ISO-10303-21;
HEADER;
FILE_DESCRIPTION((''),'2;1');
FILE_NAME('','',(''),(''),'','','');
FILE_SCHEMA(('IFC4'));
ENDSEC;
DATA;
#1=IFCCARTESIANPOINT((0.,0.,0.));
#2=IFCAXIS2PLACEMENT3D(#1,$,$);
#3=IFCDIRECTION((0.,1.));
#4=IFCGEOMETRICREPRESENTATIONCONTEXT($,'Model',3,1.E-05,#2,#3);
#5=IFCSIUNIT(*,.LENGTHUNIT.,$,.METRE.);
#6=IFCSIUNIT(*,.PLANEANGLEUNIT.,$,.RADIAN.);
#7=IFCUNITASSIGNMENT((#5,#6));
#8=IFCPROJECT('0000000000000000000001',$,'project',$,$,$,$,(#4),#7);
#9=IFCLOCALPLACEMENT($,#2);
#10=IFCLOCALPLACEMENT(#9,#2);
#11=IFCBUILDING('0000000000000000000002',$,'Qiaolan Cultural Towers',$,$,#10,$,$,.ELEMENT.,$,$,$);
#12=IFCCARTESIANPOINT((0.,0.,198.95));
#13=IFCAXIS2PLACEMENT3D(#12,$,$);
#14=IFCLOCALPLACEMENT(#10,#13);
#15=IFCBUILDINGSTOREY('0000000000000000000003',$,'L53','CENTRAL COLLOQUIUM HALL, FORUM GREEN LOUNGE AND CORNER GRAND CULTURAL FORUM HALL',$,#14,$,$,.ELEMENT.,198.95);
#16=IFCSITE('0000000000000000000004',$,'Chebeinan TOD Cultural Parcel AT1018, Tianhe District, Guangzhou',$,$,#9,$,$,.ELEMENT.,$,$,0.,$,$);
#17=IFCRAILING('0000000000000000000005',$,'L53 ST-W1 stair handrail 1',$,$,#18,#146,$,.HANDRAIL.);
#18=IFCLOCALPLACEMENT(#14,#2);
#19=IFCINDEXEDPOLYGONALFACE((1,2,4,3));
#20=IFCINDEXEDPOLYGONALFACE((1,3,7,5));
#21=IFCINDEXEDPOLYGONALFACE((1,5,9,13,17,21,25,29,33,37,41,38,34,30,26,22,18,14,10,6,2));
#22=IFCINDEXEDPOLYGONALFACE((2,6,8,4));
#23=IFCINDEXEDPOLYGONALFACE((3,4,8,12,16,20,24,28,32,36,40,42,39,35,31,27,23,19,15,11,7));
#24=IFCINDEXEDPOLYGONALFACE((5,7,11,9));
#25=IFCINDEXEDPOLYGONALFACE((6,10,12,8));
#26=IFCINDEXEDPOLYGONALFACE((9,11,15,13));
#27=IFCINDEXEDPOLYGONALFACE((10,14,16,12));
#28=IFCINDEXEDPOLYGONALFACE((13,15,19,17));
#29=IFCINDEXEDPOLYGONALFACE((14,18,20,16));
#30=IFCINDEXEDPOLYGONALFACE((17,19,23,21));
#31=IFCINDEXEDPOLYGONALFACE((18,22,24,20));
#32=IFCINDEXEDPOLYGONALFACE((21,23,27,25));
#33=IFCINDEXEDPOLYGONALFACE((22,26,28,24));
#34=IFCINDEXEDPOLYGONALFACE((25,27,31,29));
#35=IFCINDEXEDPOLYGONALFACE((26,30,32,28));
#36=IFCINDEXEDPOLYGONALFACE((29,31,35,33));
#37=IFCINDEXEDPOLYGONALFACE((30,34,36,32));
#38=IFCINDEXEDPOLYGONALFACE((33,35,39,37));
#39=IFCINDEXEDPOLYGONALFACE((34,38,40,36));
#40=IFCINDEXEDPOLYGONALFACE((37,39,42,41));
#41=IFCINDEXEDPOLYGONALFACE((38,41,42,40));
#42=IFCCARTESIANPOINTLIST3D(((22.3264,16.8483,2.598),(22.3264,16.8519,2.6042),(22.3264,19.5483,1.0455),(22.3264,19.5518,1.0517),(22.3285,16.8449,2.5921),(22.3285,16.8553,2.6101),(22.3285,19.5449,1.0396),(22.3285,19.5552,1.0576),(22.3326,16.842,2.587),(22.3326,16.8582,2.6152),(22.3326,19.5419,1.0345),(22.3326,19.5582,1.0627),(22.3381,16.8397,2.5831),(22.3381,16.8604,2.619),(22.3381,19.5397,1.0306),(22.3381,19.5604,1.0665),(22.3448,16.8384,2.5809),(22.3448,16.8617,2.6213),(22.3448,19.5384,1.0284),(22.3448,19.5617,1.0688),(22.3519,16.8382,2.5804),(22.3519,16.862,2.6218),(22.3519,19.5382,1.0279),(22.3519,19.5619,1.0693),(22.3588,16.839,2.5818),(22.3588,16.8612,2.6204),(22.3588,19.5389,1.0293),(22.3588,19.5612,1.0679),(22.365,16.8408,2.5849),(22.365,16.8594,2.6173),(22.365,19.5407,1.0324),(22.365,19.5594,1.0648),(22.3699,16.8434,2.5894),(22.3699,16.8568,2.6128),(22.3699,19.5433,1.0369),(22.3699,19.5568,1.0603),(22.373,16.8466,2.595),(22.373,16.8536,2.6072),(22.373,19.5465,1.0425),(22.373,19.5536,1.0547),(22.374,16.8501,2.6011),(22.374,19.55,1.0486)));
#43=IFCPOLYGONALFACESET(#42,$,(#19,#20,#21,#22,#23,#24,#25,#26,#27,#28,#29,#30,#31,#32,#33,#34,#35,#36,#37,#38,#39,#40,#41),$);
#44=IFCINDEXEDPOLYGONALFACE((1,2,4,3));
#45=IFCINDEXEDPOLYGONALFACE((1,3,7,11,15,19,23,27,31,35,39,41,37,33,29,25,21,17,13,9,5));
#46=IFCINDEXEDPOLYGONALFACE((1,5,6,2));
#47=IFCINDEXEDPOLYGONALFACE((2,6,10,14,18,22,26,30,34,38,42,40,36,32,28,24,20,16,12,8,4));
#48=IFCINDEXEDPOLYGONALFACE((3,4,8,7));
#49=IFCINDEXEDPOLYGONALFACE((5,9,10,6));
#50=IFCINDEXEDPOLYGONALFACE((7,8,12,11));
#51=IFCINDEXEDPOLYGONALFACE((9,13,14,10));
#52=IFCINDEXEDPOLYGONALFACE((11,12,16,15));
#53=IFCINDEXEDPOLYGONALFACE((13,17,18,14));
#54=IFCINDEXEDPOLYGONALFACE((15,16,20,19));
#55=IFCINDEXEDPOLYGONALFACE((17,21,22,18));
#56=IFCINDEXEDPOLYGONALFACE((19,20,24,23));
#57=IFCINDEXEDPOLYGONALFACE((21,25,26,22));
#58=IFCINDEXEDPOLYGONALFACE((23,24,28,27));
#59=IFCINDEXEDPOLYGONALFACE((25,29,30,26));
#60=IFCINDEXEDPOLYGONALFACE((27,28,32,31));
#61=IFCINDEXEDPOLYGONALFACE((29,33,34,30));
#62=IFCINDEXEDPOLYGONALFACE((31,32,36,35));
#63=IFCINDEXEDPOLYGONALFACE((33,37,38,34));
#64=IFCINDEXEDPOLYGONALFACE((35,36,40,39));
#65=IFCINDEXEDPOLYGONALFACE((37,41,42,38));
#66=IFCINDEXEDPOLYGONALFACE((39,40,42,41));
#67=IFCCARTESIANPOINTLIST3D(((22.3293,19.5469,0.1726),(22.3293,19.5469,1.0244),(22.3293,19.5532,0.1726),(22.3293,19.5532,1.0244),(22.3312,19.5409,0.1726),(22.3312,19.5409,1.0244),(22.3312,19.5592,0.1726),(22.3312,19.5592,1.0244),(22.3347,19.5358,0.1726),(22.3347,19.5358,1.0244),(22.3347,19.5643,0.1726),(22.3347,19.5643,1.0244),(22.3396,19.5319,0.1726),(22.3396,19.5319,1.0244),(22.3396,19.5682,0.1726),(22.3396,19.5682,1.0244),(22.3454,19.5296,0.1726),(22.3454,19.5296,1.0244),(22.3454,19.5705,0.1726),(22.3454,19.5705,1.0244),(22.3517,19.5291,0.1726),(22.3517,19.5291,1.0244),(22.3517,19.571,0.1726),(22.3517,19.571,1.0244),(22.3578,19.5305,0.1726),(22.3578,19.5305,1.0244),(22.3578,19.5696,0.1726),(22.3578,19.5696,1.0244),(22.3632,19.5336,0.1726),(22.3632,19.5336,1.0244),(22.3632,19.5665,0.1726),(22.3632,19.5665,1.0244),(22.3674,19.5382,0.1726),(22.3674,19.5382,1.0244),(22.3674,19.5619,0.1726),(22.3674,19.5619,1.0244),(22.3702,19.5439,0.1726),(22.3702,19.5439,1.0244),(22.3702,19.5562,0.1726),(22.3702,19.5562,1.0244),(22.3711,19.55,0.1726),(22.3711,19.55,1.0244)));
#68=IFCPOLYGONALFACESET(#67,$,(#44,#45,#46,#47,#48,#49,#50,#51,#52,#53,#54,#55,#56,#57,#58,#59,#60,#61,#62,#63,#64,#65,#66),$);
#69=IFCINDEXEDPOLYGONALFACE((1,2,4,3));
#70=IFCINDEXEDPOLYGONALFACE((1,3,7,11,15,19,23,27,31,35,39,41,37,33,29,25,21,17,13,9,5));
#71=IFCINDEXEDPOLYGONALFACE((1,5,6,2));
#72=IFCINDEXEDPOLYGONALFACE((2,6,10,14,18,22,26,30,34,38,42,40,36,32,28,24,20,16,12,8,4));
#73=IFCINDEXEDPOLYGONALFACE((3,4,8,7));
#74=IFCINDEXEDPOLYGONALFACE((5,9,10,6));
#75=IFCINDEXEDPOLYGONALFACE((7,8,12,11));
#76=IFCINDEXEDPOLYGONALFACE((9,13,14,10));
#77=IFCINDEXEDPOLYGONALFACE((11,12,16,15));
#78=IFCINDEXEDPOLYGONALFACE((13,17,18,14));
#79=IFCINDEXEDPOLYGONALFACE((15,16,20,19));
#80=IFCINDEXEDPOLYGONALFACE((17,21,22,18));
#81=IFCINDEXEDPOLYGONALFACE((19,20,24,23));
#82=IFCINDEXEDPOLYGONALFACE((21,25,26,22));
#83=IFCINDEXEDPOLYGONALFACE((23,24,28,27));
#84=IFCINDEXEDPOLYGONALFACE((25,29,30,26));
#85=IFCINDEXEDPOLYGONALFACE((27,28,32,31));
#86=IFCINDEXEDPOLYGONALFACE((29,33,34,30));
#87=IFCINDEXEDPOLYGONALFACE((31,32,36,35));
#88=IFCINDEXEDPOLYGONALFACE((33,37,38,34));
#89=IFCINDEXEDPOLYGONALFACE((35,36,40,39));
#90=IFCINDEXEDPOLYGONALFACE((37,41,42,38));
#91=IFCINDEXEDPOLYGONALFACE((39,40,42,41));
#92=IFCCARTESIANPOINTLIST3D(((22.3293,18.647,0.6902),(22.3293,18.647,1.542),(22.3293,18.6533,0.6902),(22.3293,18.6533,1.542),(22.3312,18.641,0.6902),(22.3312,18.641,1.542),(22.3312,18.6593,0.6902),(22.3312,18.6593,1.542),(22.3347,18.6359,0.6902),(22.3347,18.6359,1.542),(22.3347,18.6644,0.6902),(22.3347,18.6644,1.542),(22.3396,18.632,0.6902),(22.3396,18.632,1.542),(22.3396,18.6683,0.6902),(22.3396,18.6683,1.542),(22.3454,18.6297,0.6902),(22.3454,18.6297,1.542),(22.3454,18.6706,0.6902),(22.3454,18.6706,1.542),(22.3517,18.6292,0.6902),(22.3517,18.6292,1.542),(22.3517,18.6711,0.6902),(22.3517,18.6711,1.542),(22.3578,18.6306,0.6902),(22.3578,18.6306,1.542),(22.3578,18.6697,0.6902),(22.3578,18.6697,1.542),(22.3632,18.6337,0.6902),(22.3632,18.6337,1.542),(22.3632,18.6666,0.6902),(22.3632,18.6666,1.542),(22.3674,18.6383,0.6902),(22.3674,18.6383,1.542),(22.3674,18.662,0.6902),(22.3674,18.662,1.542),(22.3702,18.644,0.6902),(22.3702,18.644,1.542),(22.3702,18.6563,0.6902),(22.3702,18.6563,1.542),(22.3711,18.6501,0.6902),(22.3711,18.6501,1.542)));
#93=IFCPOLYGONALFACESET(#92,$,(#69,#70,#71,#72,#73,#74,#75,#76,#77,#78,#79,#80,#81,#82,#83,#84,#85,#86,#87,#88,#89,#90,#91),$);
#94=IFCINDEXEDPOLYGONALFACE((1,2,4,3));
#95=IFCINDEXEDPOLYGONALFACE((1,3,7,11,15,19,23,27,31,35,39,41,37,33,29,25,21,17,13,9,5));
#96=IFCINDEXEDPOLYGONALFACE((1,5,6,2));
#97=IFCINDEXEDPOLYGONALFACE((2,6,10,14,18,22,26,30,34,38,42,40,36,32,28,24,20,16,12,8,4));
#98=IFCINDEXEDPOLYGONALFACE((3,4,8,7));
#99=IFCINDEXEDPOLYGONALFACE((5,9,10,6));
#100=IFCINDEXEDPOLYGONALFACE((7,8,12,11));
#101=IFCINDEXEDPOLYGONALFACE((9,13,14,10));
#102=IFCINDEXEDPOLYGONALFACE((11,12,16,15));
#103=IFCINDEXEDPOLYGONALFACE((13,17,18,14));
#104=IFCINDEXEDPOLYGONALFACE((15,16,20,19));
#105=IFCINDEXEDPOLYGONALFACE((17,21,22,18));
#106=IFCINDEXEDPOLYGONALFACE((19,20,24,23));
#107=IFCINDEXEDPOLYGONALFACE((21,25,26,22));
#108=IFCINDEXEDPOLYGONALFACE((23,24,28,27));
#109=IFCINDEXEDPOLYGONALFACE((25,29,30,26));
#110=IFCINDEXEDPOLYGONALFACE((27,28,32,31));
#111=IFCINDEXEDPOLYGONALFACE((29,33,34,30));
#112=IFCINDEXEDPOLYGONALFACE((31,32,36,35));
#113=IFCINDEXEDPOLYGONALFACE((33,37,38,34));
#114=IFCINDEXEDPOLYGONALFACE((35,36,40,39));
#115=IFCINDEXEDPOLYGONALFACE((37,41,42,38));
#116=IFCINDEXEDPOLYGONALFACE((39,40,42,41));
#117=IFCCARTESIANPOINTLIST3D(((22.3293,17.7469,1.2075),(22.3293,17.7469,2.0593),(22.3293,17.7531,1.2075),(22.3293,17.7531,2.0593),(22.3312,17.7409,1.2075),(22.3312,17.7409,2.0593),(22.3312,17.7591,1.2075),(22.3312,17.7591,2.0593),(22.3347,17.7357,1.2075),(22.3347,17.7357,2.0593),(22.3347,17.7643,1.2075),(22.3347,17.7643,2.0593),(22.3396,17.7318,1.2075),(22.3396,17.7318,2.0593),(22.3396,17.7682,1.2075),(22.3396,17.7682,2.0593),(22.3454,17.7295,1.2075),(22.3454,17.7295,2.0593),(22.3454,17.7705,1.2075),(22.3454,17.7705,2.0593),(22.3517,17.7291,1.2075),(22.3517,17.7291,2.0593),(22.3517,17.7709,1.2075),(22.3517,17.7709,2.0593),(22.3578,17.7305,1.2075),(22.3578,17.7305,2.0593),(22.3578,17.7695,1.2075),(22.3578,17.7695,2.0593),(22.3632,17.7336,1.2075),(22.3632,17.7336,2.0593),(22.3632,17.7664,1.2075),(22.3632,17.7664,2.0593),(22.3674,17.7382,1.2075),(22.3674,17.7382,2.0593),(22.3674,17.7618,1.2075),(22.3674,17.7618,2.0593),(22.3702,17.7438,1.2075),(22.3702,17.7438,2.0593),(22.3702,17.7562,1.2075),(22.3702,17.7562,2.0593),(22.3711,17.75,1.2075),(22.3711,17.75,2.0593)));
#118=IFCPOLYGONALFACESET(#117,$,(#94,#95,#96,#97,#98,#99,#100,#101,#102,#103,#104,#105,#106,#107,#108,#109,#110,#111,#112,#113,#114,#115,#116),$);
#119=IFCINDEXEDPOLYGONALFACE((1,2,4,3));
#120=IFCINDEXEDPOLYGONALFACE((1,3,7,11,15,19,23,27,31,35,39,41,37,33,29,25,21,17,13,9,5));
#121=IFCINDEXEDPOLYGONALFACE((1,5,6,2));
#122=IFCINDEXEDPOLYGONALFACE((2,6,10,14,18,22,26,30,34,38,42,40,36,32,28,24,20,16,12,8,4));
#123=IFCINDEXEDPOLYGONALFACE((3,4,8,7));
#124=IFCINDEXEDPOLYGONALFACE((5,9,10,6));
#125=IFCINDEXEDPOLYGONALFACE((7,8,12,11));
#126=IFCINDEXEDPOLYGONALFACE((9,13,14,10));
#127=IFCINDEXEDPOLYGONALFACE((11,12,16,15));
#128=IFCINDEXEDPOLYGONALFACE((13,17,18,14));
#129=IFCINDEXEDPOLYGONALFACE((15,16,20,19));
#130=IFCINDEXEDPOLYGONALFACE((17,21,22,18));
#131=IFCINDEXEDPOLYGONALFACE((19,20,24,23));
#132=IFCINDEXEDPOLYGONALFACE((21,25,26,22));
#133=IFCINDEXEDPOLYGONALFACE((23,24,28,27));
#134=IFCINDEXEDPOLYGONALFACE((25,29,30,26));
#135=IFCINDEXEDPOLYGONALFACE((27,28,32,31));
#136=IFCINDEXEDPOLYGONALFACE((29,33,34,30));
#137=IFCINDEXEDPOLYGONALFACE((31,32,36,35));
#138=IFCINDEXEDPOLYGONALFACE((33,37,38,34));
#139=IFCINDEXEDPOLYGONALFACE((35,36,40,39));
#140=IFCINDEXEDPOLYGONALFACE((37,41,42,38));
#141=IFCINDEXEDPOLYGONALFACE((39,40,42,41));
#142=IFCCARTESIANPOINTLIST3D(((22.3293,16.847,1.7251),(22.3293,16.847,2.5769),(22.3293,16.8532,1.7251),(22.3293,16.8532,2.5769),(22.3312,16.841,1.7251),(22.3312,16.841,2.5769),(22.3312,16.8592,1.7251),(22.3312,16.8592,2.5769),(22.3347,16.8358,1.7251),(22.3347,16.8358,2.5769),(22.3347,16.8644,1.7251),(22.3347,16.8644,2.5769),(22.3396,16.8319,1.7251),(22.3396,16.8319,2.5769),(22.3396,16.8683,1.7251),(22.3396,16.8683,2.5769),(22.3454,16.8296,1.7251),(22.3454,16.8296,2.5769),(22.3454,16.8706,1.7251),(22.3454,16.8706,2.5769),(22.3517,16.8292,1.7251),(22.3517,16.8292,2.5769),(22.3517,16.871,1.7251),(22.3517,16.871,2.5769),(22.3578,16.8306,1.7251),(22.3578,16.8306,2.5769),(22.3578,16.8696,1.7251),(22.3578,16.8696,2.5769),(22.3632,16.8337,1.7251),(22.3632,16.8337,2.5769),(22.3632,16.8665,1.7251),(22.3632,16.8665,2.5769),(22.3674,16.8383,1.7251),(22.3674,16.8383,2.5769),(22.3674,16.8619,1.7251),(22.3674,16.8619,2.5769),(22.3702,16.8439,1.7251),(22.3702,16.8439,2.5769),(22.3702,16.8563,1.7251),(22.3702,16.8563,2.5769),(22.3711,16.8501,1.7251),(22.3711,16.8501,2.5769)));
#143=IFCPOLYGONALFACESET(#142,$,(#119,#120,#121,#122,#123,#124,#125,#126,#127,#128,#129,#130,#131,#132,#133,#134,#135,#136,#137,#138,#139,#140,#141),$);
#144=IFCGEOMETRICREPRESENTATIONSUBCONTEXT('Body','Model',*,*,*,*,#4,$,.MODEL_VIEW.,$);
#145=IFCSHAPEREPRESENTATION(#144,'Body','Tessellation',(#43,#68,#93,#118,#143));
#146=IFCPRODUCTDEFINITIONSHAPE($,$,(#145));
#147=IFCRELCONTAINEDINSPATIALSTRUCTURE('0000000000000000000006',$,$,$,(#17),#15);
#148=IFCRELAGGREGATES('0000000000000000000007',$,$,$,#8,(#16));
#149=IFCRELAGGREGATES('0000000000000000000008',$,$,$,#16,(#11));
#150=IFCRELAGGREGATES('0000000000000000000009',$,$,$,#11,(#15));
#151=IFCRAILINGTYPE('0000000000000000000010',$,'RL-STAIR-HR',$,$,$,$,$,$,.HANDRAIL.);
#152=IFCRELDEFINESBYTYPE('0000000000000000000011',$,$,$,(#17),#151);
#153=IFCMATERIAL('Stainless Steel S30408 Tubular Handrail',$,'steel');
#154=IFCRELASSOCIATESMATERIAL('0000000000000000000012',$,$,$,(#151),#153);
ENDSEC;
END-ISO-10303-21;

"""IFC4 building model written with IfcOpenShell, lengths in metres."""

from ifc_helpers import new_model, si_unit, direction, frame, origin, origin_2d, place, context, subcontext, project, spatial, circle, extrude, material, type_object, element, save


model = new_model("IFC4")

# Units and contexts
model_context = context("Model", 3, precision=1e-05, world=origin(), true_north=direction((0.0, 1.0)))
body_context = subcontext(model_context, "Body", "Model", "MODEL_VIEW")
ifc_project = project(units=[si_unit("LENGTHUNIT", "METRE"), si_unit("PLANEANGLEUNIT", "RADIAN")], contexts=[model_context])

# Site, building, storey
site_placement = place(None, origin())
site = spatial("IfcSite", under=ifc_project, at=site_placement, Name="Chebeinan TOD Cultural Parcel AT1018, Tianhe District, Guangzhou", CompositionType="ELEMENT", RefElevation=0.0)
building_placement = place(site_placement, origin())
building = spatial("IfcBuilding", under=site, at=building_placement, Name="Qiaolan Cultural Towers", CompositionType="ELEMENT")
storey_placement = place(building_placement, frame((0.0, 0.0, 198.95)))
storey = spatial("IfcBuildingStorey", under=building, at=storey_placement, Name="L53", Description="CENTRAL COLLOQUIUM HALL, FORUM GREEN LOUNGE AND CORNER GRAND CULTURAL FORUM HALL", CompositionType="ELEMENT", Elevation=198.95)

# Railing
ifc_material_1 = material(Name="Stainless Steel S30408 Tubular Handrail", Category="steel")
railing_type_1 = type_object("IfcRailingType", Name="RL-STAIR-HR", PredefinedType="HANDRAIL", material=ifc_material_1)
railing_1_placement = place(storey_placement, frame((22.3501, 19.55, 0.1726)))
element("IfcRailing", 1, at=railing_1_placement, inside=storey, type_object=railing_type_1, Name="L53 ST-W1 stair handrail 1", PredefinedType="HANDRAIL", context=body_context, shape_type="SweptSolid", body=[
    extrude(circle(Radius=0.0239, at=origin_2d()), frame((0.0, 0.0, 0.876), z_axis=(0.0, -0.866904, 0.498476), x_axis=(1.0, 0.0, 0.0)), (0.0, 0.0, 1.0), 3.1145),
    extrude(circle(Radius=0.021, at=origin_2d()), origin(), (0.0, 0.0, 1.0), 0.8518),
    extrude(circle(Radius=0.021, at=origin_2d()), frame((0.0, -0.8999, 0.5176)), (0.0, 0.0, 1.0), 0.8518),
    extrude(circle(Radius=0.021, at=origin_2d()), frame((0.0, -1.8, 1.0349)), (0.0, 0.0, 1.0), 0.8518),
    extrude(circle(Radius=0.021, at=origin_2d()), frame((0.0, -2.7, 1.5525)), (0.0, 0.0, 1.0), 0.8518),
])

save(model, "model.ifc")
